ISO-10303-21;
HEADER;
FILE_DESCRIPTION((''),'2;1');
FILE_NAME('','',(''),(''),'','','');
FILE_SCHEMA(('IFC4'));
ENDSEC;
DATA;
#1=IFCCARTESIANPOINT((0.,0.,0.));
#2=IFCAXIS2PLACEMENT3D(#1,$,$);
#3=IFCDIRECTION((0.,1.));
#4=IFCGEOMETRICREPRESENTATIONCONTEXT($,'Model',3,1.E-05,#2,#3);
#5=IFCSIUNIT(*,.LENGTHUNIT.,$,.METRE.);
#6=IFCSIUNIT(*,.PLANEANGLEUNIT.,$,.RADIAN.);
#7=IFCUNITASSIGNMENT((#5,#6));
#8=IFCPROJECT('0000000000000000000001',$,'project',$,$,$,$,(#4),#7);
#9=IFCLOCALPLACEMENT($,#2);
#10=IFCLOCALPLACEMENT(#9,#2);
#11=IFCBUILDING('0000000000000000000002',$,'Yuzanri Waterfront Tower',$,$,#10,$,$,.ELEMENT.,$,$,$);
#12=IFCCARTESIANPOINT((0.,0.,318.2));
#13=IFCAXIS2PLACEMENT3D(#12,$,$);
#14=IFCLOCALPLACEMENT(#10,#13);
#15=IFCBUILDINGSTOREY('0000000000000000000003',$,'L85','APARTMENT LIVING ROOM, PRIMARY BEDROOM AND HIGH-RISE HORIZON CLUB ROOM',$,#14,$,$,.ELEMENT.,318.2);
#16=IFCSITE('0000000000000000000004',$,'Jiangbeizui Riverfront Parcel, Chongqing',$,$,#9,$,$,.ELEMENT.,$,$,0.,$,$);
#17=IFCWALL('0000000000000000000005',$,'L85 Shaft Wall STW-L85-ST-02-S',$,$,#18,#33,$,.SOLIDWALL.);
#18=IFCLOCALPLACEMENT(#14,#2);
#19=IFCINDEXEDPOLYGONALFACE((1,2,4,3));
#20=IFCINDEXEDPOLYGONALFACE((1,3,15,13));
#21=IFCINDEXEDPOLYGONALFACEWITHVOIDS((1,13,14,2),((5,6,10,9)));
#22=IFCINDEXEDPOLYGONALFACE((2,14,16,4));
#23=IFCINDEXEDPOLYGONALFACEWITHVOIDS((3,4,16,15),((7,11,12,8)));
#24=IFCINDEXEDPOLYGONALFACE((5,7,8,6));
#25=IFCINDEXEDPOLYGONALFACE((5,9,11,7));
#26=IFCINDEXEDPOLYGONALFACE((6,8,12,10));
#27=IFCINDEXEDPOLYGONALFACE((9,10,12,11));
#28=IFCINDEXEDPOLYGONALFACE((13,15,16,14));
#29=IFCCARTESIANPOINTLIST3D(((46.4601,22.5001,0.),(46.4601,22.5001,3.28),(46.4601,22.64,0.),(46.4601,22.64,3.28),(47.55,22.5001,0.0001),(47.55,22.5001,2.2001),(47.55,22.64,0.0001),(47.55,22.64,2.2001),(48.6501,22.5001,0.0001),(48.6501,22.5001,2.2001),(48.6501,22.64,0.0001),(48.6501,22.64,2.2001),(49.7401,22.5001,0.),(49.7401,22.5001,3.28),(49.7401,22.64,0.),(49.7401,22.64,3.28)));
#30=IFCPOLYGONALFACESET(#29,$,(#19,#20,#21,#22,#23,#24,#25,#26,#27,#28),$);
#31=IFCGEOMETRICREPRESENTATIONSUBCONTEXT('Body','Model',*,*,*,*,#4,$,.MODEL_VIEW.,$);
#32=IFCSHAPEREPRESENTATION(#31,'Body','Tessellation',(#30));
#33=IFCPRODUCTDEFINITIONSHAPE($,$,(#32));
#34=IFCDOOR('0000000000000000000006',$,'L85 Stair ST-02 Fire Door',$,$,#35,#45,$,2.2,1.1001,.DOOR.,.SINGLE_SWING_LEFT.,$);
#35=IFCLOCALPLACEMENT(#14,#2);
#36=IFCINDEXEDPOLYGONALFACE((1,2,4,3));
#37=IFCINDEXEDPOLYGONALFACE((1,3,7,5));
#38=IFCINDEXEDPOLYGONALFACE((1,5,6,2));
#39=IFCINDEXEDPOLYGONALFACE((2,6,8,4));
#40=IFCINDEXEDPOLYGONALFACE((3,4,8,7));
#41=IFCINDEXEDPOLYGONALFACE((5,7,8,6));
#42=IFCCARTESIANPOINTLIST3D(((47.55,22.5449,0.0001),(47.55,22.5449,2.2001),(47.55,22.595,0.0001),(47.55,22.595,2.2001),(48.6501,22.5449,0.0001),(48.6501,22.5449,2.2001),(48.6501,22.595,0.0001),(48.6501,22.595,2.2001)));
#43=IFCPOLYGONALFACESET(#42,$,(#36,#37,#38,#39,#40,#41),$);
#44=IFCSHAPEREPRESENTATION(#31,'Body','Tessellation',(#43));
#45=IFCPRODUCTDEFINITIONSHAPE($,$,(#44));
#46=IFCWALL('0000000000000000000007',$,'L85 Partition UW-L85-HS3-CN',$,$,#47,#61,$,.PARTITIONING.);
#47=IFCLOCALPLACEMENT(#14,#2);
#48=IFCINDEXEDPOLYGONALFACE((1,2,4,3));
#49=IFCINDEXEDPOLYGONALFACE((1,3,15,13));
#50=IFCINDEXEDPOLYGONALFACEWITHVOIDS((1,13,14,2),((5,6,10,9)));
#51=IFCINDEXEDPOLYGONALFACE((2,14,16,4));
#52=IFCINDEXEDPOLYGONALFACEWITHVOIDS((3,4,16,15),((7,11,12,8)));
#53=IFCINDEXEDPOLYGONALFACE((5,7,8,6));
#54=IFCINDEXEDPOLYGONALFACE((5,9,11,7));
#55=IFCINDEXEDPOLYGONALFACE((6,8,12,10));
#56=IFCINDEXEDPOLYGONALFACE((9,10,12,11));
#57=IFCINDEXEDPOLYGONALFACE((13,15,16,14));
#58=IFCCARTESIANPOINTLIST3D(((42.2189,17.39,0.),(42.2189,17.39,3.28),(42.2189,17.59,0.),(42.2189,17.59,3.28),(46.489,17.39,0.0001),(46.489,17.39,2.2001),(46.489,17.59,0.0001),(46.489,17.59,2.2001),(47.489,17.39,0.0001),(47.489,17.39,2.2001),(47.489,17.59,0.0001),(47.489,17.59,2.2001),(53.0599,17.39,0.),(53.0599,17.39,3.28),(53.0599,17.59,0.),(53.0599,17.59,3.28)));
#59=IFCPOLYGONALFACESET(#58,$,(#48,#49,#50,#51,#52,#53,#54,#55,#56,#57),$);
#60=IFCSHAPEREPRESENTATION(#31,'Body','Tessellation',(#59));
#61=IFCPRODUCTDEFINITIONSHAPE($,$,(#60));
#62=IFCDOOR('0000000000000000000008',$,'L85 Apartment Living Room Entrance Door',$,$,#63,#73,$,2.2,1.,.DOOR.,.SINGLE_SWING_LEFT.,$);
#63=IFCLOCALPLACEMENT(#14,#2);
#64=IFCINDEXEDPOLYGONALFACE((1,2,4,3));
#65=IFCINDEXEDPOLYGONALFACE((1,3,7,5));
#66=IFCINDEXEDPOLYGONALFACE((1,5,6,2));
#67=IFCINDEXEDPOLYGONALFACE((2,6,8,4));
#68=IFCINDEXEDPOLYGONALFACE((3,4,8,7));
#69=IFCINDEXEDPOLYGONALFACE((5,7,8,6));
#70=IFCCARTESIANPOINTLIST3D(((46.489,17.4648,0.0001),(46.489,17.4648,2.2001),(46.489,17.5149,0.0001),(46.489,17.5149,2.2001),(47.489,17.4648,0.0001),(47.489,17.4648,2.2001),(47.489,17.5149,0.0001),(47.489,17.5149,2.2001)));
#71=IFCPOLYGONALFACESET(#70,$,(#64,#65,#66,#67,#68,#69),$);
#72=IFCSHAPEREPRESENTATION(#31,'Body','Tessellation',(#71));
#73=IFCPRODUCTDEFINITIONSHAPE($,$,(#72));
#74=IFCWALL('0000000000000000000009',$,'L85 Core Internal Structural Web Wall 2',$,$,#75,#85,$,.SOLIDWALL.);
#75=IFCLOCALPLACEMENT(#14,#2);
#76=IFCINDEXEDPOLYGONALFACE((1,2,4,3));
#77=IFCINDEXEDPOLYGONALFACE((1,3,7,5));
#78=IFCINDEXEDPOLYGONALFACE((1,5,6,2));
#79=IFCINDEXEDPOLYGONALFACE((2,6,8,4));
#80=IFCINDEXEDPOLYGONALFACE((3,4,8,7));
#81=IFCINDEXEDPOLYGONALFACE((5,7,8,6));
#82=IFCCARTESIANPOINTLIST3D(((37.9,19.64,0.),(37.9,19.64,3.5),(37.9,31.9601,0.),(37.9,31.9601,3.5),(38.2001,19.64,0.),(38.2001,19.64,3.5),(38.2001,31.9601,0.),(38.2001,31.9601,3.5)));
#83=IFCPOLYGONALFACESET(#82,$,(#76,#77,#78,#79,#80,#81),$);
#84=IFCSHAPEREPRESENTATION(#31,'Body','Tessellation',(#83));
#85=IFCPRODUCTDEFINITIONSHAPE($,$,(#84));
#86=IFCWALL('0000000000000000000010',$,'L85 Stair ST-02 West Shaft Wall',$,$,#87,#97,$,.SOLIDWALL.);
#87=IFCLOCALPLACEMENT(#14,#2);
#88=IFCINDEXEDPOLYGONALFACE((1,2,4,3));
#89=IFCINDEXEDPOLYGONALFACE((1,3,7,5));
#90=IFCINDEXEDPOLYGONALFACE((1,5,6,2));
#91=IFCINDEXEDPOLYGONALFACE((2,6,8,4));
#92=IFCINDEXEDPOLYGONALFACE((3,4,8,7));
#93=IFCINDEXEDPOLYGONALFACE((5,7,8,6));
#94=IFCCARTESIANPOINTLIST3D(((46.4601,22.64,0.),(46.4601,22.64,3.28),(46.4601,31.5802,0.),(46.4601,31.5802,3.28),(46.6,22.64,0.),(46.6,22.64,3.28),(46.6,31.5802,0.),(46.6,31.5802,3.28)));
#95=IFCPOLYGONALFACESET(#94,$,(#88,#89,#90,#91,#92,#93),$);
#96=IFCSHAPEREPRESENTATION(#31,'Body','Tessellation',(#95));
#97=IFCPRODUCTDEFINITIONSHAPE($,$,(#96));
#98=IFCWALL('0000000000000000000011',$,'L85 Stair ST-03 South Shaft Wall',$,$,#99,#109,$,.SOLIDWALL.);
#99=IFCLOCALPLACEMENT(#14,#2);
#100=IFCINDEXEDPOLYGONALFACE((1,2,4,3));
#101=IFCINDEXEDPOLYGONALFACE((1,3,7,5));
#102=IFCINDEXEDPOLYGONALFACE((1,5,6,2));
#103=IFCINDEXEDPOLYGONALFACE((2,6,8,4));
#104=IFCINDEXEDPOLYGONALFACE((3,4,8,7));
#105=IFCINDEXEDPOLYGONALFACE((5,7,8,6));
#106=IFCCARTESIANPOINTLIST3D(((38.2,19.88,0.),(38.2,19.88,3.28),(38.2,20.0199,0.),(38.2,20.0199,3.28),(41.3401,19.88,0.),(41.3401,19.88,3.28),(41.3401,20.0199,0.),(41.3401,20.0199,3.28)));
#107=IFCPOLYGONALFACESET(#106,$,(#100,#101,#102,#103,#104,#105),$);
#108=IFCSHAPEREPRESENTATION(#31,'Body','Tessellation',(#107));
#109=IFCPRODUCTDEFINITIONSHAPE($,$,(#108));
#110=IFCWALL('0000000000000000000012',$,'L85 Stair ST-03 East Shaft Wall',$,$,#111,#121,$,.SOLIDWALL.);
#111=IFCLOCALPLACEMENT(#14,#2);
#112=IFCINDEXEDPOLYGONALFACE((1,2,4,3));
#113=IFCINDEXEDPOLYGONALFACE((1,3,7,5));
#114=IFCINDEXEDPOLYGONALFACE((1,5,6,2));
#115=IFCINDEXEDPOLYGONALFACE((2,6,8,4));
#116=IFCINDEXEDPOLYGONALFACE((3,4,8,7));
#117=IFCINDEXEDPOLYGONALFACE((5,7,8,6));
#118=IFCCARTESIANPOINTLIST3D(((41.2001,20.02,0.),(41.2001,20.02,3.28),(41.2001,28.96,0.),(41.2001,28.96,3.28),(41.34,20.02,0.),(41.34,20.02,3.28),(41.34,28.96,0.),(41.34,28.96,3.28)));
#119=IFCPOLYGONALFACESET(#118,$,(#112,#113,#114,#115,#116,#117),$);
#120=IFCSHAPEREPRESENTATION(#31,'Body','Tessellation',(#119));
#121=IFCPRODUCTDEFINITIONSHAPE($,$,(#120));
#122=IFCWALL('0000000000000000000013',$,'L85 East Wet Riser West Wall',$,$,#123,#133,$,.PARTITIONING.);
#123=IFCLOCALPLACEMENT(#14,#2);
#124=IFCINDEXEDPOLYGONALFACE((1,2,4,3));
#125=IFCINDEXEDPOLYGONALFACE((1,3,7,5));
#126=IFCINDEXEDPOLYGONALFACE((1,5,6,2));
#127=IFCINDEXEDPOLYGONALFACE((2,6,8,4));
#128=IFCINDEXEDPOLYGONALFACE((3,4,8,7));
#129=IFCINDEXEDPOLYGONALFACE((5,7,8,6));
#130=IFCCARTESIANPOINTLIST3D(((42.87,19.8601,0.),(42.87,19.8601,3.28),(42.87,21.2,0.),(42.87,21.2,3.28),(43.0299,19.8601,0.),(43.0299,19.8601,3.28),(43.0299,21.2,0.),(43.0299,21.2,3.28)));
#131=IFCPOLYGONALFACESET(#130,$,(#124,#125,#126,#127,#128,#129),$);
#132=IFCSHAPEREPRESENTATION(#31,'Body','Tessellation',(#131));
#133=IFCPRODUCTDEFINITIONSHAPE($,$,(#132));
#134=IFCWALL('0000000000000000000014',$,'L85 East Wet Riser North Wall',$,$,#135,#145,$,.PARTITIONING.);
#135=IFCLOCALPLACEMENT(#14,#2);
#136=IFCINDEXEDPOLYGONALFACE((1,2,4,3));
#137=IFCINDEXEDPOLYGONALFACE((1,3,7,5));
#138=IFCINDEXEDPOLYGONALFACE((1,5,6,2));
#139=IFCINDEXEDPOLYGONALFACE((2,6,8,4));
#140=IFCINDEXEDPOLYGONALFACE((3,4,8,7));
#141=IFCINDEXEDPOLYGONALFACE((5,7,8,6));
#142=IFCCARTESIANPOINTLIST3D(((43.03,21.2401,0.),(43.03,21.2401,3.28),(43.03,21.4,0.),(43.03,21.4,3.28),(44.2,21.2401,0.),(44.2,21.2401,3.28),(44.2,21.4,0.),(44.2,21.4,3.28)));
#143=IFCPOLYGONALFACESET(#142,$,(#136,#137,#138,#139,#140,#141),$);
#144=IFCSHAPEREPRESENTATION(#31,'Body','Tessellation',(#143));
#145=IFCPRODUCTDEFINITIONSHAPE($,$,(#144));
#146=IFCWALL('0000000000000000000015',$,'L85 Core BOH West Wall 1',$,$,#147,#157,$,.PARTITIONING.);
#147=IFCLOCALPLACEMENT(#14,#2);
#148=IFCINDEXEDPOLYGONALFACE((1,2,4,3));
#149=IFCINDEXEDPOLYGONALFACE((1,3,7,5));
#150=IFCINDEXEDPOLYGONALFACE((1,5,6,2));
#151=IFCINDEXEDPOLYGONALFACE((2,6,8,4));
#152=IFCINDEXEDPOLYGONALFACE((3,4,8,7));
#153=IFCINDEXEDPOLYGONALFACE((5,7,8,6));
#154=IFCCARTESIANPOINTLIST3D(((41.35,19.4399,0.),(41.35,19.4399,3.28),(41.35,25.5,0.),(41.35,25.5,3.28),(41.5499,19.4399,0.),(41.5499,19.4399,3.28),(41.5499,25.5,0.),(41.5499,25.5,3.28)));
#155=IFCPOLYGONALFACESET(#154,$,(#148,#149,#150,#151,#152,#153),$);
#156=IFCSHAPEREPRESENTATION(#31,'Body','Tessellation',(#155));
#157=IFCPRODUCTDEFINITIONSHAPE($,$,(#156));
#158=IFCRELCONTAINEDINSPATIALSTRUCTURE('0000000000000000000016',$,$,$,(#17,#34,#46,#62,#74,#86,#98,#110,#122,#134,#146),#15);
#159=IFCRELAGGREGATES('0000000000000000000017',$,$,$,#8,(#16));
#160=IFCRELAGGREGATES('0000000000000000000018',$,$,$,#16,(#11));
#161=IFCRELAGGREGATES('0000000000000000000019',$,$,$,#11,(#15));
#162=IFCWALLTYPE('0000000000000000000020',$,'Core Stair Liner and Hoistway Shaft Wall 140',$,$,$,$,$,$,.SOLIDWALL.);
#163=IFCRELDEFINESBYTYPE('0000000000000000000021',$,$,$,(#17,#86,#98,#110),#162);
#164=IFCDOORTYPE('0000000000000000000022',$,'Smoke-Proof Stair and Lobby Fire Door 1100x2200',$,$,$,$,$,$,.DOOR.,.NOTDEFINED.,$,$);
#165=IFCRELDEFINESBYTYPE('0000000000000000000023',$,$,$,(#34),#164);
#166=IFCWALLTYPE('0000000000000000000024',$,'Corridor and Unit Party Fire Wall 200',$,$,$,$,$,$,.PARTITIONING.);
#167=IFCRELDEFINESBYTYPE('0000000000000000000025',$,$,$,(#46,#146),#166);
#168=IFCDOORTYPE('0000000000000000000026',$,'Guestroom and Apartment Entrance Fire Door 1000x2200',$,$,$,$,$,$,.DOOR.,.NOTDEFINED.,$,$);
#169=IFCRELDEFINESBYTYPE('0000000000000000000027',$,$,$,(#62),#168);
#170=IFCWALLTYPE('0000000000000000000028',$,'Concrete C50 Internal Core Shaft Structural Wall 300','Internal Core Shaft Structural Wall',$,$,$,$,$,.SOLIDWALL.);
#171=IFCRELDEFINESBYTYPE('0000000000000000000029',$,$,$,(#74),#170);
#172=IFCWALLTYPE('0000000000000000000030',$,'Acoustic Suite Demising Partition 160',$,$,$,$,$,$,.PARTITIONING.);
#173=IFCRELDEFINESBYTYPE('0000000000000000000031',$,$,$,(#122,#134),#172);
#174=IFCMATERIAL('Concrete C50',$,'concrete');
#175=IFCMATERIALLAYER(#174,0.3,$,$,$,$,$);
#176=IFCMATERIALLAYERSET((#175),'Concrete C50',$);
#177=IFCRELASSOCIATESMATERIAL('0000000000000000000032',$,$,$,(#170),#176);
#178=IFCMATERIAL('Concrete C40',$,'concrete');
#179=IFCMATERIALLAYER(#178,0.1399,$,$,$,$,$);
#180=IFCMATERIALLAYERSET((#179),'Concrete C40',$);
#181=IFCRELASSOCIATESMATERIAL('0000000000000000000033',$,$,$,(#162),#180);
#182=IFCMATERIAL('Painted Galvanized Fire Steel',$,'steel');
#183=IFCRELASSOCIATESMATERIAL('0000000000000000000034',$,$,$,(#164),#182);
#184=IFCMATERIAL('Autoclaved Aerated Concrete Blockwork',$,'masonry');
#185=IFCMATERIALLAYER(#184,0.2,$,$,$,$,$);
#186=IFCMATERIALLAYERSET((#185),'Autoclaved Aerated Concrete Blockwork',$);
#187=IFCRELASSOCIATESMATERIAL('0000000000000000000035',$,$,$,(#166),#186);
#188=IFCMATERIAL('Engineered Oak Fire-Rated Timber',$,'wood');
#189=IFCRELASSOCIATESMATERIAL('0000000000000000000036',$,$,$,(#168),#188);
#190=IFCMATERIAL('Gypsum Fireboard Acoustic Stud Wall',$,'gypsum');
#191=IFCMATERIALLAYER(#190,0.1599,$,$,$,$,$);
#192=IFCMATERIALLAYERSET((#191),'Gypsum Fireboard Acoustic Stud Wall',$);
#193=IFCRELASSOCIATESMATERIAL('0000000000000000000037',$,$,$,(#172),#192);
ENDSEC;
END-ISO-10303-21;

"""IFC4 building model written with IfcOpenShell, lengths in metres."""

from ifc_helpers import new_model, si_unit, direction, frame, frame_2d, origin, place, context, subcontext, project, spatial, rectangle, extrude, source, transform, mapped, material, layer, layer_set, type_object, element, fill, save


model = new_model("IFC4")

# Units and contexts
model_context = context("Model", 3, precision=1e-05, world=origin(), true_north=direction((0.0, 1.0)))
body_context = subcontext(model_context, "Body", "Model", "MODEL_VIEW")
ifc_project = project(units=[si_unit("LENGTHUNIT", "METRE"), si_unit("PLANEANGLEUNIT", "RADIAN")], contexts=[model_context])

# Site, building, storey
site_placement = place(None, origin())
site = spatial("IfcSite", under=ifc_project, at=site_placement, Name="Jiangbeizui Riverfront Parcel, Chongqing", CompositionType="ELEMENT", RefElevation=0.0)
building_placement = place(site_placement, origin())
building = spatial("IfcBuilding", under=site, at=building_placement, Name="Yuzanri Waterfront Tower", CompositionType="ELEMENT")
storey_placement = place(building_placement, frame((0.0, 0.0, 318.2)))
storey = spatial("IfcBuildingStorey", under=building, at=storey_placement, Name="L85", Description="APARTMENT LIVING ROOM, PRIMARY BEDROOM AND HIGH-RISE HORIZON CLUB ROOM", CompositionType="ELEMENT", Elevation=318.2)

# Shared definitions
ifc_material_1 = material(Name="Concrete C50", Category="concrete")
ifc_layer_1 = layer(ifc_material_1, 0.3)
ifc_layer_set_1 = layer_set([ifc_layer_1], Name="Concrete C50")
wall_type_1 = type_object("IfcWallType", Name="Concrete C50 Internal Core Shaft Structural Wall 300", Description="Internal Core Shaft Structural Wall", PredefinedType="SOLIDWALL", material=ifc_layer_set_1)

# Walls, openings, doors
ifc_material_2 = material(Name="Concrete C40", Category="concrete")
ifc_layer_2 = layer(ifc_material_2, 0.1399)
ifc_layer_set_2 = layer_set([ifc_layer_2], Name="Concrete C40")
wall_type_2 = type_object("IfcWallType", Name="Core Stair Liner and Hoistway Shaft Wall 140", PredefinedType="SOLIDWALL", material=ifc_layer_set_2)
wall_1_placement = place(storey_placement, frame((46.46, 22.5701, 0.0), z_axis=(0.0, 0.0, 1.0), x_axis=(1.0, 0.0, 0.0)))
wall_1 = element("IfcWall", 1, at=wall_1_placement, inside=storey, type_object=wall_type_2, Name="L85 Shaft Wall STW-L85-ST-02-S", PredefinedType="SOLIDWALL", context=body_context, shape_type="SweptSolid", body=[
    extrude(rectangle(XDim=3.28, YDim=0.1399, at=frame_2d((1.6401, 0.0))), origin(), (0.0, 0.0, 1.0), 3.28),
])
opening_1_placement = place(wall_1_placement, frame((1.0901, 0.0, 0.0)))
opening_1 = element("IfcOpeningElement", 2, at=opening_1_placement, cuts=wall_1, PredefinedType="OPENING", context=body_context, shape_type="SweptSolid", body=[
    extrude(rectangle(XDim=1.1001, YDim=2.2, at=frame_2d((0.55, 1.1001))), frame((0.0, 0.085, 0.0), z_axis=(0.0, -1.0, 0.0), x_axis=(1.0, 0.0, 0.0)), (0.0, 0.0, 1.0), 0.1697),
])
ifc_material_3 = material(Name="Painted Galvanized Fire Steel", Category="steel")
door_type_1 = type_object("IfcDoorType", Name="Smoke-Proof Stair and Lobby Fire Door 1100x2200", OperationType="NOTDEFINED", PredefinedType="DOOR", material=ifc_material_3)
shared_shape_1 = source(origin(), body_context, "Body", "SweptSolid", [
    extrude(rectangle(XDim=1.1001, YDim=2.2, at=frame_2d((0.55, 1.1001))), frame((0.0, 0.0249, 0.0), z_axis=(0.0, -1.0, 0.0), x_axis=(1.0, 0.0, 0.0)), (0.0, 0.0, 1.0), 0.05),
])
door_1_placement = place(opening_1_placement, origin())
door_1 = element("IfcDoor", 3, at=door_1_placement, inside=storey, type_object=door_type_1, Name="L85 Stair ST-02 Fire Door", OperationType="SINGLE_SWING_LEFT", OverallHeight=2.2, OverallWidth=1.1001, PredefinedType="DOOR", context=body_context, shape_type="MappedRepresentation", body=[
    mapped(shared_shape_1, transform((0.0, 0.0, 0.0), scale=1.0)),
])
fill(opening_1, door_1)
ifc_material_4 = material(Name="Autoclaved Aerated Concrete Blockwork", Category="masonry")
ifc_layer_3 = layer(ifc_material_4, 0.2)
ifc_layer_set_3 = layer_set([ifc_layer_3], Name="Autoclaved Aerated Concrete Blockwork")
wall_type_3 = type_object("IfcWallType", Name="Corridor and Unit Party Fire Wall 200", PredefinedType="PARTITIONING", material=ifc_layer_set_3)
wall_2_placement = place(storey_placement, frame((42.219, 17.49, 0.0), z_axis=(0.0, 0.0, 1.0), x_axis=(1.0, 0.0, 0.0)))
wall_2 = element("IfcWall", 4, at=wall_2_placement, inside=storey, type_object=wall_type_3, Name="L85 Partition UW-L85-HS3-CN", PredefinedType="PARTITIONING", context=body_context, shape_type="SweptSolid", body=[
    extrude(rectangle(XDim=10.8411, YDim=0.2, at=frame_2d((5.4204, 0.0))), origin(), (0.0, 0.0, 1.0), 3.28),
])
opening_2_placement = place(wall_2_placement, frame((4.27, 0.0, 0.0)))
opening_2 = element("IfcOpeningElement", 5, at=opening_2_placement, cuts=wall_2, PredefinedType="OPENING", context=body_context, shape_type="SweptSolid", body=[
    extrude(rectangle(XDim=1.0, YDim=2.2, at=frame_2d((0.5, 1.1001))), frame((0.0, 0.1147, 0.0), z_axis=(0.0, -1.0, 0.0), x_axis=(1.0, 0.0, 0.0)), (0.0, 0.0, 1.0), 0.2297),
])
ifc_material_5 = material(Name="Engineered Oak Fire-Rated Timber", Category="wood")
door_type_2 = type_object("IfcDoorType", Name="Guestroom and Apartment Entrance Fire Door 1000x2200", OperationType="NOTDEFINED", PredefinedType="DOOR", material=ifc_material_5)
shared_shape_2 = source(origin(), body_context, "Body", "SweptSolid", [
    extrude(rectangle(XDim=1.0, YDim=2.2, at=frame_2d((0.5, 1.1001))), frame((0.0, 0.0249, 0.0), z_axis=(0.0, -1.0, 0.0), x_axis=(1.0, 0.0, 0.0)), (0.0, 0.0, 1.0), 0.05),
])
door_2_placement = place(opening_2_placement, origin())
door_2 = element("IfcDoor", 6, at=door_2_placement, inside=storey, type_object=door_type_2, Name="L85 Apartment Living Room Entrance Door", OperationType="SINGLE_SWING_LEFT", OverallHeight=2.2, OverallWidth=1.0, PredefinedType="DOOR", context=body_context, shape_type="MappedRepresentation", body=[
    mapped(shared_shape_2, transform((0.0, 0.0, 0.0), scale=1.0)),
])
fill(opening_2, door_2)

# Walls
shared_shape_3 = source(origin(), body_context, "Body", "SweptSolid", [
    extrude(rectangle(XDim=12.3201, YDim=0.3, at=frame_2d((6.1602, 0.0))), origin(), (0.0, 0.0, 1.0), 3.5),
])
wall_3_placement = place(storey_placement, frame((38.05, 19.6399, 0.0), z_axis=(0.0, 0.0, 1.0), x_axis=(0.0, 1.0, 0.0)))
element("IfcWall", 7, at=wall_3_placement, inside=storey, type_object=wall_type_1, Name="L85 Core Internal Structural Web Wall 2", PredefinedType="SOLIDWALL", context=body_context, shape_type="MappedRepresentation", body=[
    mapped(shared_shape_3, transform((0.0, 0.0, 0.0), scale=1.0)),
])
shared_shape_4 = source(origin(), body_context, "Body", "SweptSolid", [
    extrude(rectangle(XDim=8.9402, YDim=0.1399, at=frame_2d((4.4702, 0.0))), origin(), (0.0, 0.0, 1.0), 3.28),
])
wall_4_placement = place(storey_placement, frame((46.53, 22.6399, 0.0), z_axis=(0.0, 0.0, 1.0), x_axis=(0.0, 1.0, 0.0)))
element("IfcWall", 8, at=wall_4_placement, inside=storey, type_object=wall_type_2, Name="L85 Stair ST-02 West Shaft Wall", PredefinedType="SOLIDWALL", context=body_context, shape_type="MappedRepresentation", body=[
    mapped(shared_shape_4, transform((0.0, 0.0, 0.0), scale=1.0)),
])
shared_shape_5 = source(origin(), body_context, "Body", "SweptSolid", [
    extrude(rectangle(XDim=3.1401, YDim=0.1399, at=frame_2d((1.5701, 0.0))), origin(), (0.0, 0.0, 1.0), 3.28),
])
wall_5_placement = place(storey_placement, frame((38.2, 19.95, 0.0), z_axis=(0.0, 0.0, 1.0), x_axis=(1.0, 0.0, 0.0)))
element("IfcWall", 9, at=wall_5_placement, inside=storey, type_object=wall_type_2, Name="L85 Stair ST-03 South Shaft Wall", PredefinedType="SOLIDWALL", context=body_context, shape_type="MappedRepresentation", body=[
    mapped(shared_shape_5, transform((0.0, 0.0, 0.0), scale=1.0)),
])
shared_shape_6 = source(origin(), body_context, "Body", "SweptSolid", [
    extrude(rectangle(XDim=8.9399, YDim=0.1399, at=frame_2d((4.47, 0.0))), origin(), (0.0, 0.0, 1.0), 3.28),
])
wall_6_placement = place(storey_placement, frame((41.27, 20.02, 0.0), z_axis=(0.0, 0.0, 1.0), x_axis=(0.0, 1.0, 0.0)))
element("IfcWall", 10, at=wall_6_placement, inside=storey, type_object=wall_type_2, Name="L85 Stair ST-03 East Shaft Wall", PredefinedType="SOLIDWALL", context=body_context, shape_type="MappedRepresentation", body=[
    mapped(shared_shape_6, transform((0.0, 0.0, 0.0), scale=1.0)),
])
ifc_material_6 = material(Name="Gypsum Fireboard Acoustic Stud Wall", Category="gypsum")
ifc_layer_4 = layer(ifc_material_6, 0.1599)
ifc_layer_set_4 = layer_set([ifc_layer_4], Name="Gypsum Fireboard Acoustic Stud Wall")
wall_type_4 = type_object("IfcWallType", Name="Acoustic Suite Demising Partition 160", PredefinedType="PARTITIONING", material=ifc_layer_set_4)
shared_shape_7 = source(origin(), body_context, "Body", "SweptSolid", [
    extrude(rectangle(XDim=1.3398, YDim=0.1599, at=frame_2d((0.6699, 0.0))), origin(), (0.0, 0.0, 1.0), 3.28),
])
wall_7_placement = place(storey_placement, frame((42.95, 19.8601, 0.0), z_axis=(0.0, 0.0, 1.0), x_axis=(0.0, 1.0, 0.0)))
element("IfcWall", 11, at=wall_7_placement, inside=storey, type_object=wall_type_4, Name="L85 East Wet Riser West Wall", PredefinedType="PARTITIONING", context=body_context, shape_type="MappedRepresentation", body=[
    mapped(shared_shape_7, transform((0.0, 0.0, 0.0), scale=1.0)),
])
shared_shape_8 = source(origin(), body_context, "Body", "SweptSolid", [
    extrude(rectangle(XDim=1.1699, YDim=0.1599, at=frame_2d((0.585, 0.0))), origin(), (0.0, 0.0, 1.0), 3.28),
])
wall_8_placement = place(storey_placement, frame((43.03, 21.3201, 0.0), z_axis=(0.0, 0.0, 1.0), x_axis=(1.0, 0.0, 0.0)))
element("IfcWall", 12, at=wall_8_placement, inside=storey, type_object=wall_type_4, Name="L85 East Wet Riser North Wall", PredefinedType="PARTITIONING", context=body_context, shape_type="MappedRepresentation", body=[
    mapped(shared_shape_8, transform((0.0, 0.0, 0.0), scale=1.0)),
])
shared_shape_9 = source(origin(), body_context, "Body", "SweptSolid", [
    extrude(rectangle(XDim=6.0601, YDim=0.2, at=frame_2d((3.03, 0.0))), origin(), (0.0, 0.0, 1.0), 3.28),
])
wall_9_placement = place(storey_placement, frame((41.45, 19.4399, 0.0), z_axis=(0.0, 0.0, 1.0), x_axis=(0.0, 1.0, 0.0)))
element("IfcWall", 13, at=wall_9_placement, inside=storey, type_object=wall_type_3, Name="L85 Core BOH West Wall 1", PredefinedType="PARTITIONING", context=body_context, shape_type="MappedRepresentation", body=[
    mapped(shared_shape_9, transform((0.0, 0.0, 0.0), scale=1.0)),
])

save(model, "model.ifc")
